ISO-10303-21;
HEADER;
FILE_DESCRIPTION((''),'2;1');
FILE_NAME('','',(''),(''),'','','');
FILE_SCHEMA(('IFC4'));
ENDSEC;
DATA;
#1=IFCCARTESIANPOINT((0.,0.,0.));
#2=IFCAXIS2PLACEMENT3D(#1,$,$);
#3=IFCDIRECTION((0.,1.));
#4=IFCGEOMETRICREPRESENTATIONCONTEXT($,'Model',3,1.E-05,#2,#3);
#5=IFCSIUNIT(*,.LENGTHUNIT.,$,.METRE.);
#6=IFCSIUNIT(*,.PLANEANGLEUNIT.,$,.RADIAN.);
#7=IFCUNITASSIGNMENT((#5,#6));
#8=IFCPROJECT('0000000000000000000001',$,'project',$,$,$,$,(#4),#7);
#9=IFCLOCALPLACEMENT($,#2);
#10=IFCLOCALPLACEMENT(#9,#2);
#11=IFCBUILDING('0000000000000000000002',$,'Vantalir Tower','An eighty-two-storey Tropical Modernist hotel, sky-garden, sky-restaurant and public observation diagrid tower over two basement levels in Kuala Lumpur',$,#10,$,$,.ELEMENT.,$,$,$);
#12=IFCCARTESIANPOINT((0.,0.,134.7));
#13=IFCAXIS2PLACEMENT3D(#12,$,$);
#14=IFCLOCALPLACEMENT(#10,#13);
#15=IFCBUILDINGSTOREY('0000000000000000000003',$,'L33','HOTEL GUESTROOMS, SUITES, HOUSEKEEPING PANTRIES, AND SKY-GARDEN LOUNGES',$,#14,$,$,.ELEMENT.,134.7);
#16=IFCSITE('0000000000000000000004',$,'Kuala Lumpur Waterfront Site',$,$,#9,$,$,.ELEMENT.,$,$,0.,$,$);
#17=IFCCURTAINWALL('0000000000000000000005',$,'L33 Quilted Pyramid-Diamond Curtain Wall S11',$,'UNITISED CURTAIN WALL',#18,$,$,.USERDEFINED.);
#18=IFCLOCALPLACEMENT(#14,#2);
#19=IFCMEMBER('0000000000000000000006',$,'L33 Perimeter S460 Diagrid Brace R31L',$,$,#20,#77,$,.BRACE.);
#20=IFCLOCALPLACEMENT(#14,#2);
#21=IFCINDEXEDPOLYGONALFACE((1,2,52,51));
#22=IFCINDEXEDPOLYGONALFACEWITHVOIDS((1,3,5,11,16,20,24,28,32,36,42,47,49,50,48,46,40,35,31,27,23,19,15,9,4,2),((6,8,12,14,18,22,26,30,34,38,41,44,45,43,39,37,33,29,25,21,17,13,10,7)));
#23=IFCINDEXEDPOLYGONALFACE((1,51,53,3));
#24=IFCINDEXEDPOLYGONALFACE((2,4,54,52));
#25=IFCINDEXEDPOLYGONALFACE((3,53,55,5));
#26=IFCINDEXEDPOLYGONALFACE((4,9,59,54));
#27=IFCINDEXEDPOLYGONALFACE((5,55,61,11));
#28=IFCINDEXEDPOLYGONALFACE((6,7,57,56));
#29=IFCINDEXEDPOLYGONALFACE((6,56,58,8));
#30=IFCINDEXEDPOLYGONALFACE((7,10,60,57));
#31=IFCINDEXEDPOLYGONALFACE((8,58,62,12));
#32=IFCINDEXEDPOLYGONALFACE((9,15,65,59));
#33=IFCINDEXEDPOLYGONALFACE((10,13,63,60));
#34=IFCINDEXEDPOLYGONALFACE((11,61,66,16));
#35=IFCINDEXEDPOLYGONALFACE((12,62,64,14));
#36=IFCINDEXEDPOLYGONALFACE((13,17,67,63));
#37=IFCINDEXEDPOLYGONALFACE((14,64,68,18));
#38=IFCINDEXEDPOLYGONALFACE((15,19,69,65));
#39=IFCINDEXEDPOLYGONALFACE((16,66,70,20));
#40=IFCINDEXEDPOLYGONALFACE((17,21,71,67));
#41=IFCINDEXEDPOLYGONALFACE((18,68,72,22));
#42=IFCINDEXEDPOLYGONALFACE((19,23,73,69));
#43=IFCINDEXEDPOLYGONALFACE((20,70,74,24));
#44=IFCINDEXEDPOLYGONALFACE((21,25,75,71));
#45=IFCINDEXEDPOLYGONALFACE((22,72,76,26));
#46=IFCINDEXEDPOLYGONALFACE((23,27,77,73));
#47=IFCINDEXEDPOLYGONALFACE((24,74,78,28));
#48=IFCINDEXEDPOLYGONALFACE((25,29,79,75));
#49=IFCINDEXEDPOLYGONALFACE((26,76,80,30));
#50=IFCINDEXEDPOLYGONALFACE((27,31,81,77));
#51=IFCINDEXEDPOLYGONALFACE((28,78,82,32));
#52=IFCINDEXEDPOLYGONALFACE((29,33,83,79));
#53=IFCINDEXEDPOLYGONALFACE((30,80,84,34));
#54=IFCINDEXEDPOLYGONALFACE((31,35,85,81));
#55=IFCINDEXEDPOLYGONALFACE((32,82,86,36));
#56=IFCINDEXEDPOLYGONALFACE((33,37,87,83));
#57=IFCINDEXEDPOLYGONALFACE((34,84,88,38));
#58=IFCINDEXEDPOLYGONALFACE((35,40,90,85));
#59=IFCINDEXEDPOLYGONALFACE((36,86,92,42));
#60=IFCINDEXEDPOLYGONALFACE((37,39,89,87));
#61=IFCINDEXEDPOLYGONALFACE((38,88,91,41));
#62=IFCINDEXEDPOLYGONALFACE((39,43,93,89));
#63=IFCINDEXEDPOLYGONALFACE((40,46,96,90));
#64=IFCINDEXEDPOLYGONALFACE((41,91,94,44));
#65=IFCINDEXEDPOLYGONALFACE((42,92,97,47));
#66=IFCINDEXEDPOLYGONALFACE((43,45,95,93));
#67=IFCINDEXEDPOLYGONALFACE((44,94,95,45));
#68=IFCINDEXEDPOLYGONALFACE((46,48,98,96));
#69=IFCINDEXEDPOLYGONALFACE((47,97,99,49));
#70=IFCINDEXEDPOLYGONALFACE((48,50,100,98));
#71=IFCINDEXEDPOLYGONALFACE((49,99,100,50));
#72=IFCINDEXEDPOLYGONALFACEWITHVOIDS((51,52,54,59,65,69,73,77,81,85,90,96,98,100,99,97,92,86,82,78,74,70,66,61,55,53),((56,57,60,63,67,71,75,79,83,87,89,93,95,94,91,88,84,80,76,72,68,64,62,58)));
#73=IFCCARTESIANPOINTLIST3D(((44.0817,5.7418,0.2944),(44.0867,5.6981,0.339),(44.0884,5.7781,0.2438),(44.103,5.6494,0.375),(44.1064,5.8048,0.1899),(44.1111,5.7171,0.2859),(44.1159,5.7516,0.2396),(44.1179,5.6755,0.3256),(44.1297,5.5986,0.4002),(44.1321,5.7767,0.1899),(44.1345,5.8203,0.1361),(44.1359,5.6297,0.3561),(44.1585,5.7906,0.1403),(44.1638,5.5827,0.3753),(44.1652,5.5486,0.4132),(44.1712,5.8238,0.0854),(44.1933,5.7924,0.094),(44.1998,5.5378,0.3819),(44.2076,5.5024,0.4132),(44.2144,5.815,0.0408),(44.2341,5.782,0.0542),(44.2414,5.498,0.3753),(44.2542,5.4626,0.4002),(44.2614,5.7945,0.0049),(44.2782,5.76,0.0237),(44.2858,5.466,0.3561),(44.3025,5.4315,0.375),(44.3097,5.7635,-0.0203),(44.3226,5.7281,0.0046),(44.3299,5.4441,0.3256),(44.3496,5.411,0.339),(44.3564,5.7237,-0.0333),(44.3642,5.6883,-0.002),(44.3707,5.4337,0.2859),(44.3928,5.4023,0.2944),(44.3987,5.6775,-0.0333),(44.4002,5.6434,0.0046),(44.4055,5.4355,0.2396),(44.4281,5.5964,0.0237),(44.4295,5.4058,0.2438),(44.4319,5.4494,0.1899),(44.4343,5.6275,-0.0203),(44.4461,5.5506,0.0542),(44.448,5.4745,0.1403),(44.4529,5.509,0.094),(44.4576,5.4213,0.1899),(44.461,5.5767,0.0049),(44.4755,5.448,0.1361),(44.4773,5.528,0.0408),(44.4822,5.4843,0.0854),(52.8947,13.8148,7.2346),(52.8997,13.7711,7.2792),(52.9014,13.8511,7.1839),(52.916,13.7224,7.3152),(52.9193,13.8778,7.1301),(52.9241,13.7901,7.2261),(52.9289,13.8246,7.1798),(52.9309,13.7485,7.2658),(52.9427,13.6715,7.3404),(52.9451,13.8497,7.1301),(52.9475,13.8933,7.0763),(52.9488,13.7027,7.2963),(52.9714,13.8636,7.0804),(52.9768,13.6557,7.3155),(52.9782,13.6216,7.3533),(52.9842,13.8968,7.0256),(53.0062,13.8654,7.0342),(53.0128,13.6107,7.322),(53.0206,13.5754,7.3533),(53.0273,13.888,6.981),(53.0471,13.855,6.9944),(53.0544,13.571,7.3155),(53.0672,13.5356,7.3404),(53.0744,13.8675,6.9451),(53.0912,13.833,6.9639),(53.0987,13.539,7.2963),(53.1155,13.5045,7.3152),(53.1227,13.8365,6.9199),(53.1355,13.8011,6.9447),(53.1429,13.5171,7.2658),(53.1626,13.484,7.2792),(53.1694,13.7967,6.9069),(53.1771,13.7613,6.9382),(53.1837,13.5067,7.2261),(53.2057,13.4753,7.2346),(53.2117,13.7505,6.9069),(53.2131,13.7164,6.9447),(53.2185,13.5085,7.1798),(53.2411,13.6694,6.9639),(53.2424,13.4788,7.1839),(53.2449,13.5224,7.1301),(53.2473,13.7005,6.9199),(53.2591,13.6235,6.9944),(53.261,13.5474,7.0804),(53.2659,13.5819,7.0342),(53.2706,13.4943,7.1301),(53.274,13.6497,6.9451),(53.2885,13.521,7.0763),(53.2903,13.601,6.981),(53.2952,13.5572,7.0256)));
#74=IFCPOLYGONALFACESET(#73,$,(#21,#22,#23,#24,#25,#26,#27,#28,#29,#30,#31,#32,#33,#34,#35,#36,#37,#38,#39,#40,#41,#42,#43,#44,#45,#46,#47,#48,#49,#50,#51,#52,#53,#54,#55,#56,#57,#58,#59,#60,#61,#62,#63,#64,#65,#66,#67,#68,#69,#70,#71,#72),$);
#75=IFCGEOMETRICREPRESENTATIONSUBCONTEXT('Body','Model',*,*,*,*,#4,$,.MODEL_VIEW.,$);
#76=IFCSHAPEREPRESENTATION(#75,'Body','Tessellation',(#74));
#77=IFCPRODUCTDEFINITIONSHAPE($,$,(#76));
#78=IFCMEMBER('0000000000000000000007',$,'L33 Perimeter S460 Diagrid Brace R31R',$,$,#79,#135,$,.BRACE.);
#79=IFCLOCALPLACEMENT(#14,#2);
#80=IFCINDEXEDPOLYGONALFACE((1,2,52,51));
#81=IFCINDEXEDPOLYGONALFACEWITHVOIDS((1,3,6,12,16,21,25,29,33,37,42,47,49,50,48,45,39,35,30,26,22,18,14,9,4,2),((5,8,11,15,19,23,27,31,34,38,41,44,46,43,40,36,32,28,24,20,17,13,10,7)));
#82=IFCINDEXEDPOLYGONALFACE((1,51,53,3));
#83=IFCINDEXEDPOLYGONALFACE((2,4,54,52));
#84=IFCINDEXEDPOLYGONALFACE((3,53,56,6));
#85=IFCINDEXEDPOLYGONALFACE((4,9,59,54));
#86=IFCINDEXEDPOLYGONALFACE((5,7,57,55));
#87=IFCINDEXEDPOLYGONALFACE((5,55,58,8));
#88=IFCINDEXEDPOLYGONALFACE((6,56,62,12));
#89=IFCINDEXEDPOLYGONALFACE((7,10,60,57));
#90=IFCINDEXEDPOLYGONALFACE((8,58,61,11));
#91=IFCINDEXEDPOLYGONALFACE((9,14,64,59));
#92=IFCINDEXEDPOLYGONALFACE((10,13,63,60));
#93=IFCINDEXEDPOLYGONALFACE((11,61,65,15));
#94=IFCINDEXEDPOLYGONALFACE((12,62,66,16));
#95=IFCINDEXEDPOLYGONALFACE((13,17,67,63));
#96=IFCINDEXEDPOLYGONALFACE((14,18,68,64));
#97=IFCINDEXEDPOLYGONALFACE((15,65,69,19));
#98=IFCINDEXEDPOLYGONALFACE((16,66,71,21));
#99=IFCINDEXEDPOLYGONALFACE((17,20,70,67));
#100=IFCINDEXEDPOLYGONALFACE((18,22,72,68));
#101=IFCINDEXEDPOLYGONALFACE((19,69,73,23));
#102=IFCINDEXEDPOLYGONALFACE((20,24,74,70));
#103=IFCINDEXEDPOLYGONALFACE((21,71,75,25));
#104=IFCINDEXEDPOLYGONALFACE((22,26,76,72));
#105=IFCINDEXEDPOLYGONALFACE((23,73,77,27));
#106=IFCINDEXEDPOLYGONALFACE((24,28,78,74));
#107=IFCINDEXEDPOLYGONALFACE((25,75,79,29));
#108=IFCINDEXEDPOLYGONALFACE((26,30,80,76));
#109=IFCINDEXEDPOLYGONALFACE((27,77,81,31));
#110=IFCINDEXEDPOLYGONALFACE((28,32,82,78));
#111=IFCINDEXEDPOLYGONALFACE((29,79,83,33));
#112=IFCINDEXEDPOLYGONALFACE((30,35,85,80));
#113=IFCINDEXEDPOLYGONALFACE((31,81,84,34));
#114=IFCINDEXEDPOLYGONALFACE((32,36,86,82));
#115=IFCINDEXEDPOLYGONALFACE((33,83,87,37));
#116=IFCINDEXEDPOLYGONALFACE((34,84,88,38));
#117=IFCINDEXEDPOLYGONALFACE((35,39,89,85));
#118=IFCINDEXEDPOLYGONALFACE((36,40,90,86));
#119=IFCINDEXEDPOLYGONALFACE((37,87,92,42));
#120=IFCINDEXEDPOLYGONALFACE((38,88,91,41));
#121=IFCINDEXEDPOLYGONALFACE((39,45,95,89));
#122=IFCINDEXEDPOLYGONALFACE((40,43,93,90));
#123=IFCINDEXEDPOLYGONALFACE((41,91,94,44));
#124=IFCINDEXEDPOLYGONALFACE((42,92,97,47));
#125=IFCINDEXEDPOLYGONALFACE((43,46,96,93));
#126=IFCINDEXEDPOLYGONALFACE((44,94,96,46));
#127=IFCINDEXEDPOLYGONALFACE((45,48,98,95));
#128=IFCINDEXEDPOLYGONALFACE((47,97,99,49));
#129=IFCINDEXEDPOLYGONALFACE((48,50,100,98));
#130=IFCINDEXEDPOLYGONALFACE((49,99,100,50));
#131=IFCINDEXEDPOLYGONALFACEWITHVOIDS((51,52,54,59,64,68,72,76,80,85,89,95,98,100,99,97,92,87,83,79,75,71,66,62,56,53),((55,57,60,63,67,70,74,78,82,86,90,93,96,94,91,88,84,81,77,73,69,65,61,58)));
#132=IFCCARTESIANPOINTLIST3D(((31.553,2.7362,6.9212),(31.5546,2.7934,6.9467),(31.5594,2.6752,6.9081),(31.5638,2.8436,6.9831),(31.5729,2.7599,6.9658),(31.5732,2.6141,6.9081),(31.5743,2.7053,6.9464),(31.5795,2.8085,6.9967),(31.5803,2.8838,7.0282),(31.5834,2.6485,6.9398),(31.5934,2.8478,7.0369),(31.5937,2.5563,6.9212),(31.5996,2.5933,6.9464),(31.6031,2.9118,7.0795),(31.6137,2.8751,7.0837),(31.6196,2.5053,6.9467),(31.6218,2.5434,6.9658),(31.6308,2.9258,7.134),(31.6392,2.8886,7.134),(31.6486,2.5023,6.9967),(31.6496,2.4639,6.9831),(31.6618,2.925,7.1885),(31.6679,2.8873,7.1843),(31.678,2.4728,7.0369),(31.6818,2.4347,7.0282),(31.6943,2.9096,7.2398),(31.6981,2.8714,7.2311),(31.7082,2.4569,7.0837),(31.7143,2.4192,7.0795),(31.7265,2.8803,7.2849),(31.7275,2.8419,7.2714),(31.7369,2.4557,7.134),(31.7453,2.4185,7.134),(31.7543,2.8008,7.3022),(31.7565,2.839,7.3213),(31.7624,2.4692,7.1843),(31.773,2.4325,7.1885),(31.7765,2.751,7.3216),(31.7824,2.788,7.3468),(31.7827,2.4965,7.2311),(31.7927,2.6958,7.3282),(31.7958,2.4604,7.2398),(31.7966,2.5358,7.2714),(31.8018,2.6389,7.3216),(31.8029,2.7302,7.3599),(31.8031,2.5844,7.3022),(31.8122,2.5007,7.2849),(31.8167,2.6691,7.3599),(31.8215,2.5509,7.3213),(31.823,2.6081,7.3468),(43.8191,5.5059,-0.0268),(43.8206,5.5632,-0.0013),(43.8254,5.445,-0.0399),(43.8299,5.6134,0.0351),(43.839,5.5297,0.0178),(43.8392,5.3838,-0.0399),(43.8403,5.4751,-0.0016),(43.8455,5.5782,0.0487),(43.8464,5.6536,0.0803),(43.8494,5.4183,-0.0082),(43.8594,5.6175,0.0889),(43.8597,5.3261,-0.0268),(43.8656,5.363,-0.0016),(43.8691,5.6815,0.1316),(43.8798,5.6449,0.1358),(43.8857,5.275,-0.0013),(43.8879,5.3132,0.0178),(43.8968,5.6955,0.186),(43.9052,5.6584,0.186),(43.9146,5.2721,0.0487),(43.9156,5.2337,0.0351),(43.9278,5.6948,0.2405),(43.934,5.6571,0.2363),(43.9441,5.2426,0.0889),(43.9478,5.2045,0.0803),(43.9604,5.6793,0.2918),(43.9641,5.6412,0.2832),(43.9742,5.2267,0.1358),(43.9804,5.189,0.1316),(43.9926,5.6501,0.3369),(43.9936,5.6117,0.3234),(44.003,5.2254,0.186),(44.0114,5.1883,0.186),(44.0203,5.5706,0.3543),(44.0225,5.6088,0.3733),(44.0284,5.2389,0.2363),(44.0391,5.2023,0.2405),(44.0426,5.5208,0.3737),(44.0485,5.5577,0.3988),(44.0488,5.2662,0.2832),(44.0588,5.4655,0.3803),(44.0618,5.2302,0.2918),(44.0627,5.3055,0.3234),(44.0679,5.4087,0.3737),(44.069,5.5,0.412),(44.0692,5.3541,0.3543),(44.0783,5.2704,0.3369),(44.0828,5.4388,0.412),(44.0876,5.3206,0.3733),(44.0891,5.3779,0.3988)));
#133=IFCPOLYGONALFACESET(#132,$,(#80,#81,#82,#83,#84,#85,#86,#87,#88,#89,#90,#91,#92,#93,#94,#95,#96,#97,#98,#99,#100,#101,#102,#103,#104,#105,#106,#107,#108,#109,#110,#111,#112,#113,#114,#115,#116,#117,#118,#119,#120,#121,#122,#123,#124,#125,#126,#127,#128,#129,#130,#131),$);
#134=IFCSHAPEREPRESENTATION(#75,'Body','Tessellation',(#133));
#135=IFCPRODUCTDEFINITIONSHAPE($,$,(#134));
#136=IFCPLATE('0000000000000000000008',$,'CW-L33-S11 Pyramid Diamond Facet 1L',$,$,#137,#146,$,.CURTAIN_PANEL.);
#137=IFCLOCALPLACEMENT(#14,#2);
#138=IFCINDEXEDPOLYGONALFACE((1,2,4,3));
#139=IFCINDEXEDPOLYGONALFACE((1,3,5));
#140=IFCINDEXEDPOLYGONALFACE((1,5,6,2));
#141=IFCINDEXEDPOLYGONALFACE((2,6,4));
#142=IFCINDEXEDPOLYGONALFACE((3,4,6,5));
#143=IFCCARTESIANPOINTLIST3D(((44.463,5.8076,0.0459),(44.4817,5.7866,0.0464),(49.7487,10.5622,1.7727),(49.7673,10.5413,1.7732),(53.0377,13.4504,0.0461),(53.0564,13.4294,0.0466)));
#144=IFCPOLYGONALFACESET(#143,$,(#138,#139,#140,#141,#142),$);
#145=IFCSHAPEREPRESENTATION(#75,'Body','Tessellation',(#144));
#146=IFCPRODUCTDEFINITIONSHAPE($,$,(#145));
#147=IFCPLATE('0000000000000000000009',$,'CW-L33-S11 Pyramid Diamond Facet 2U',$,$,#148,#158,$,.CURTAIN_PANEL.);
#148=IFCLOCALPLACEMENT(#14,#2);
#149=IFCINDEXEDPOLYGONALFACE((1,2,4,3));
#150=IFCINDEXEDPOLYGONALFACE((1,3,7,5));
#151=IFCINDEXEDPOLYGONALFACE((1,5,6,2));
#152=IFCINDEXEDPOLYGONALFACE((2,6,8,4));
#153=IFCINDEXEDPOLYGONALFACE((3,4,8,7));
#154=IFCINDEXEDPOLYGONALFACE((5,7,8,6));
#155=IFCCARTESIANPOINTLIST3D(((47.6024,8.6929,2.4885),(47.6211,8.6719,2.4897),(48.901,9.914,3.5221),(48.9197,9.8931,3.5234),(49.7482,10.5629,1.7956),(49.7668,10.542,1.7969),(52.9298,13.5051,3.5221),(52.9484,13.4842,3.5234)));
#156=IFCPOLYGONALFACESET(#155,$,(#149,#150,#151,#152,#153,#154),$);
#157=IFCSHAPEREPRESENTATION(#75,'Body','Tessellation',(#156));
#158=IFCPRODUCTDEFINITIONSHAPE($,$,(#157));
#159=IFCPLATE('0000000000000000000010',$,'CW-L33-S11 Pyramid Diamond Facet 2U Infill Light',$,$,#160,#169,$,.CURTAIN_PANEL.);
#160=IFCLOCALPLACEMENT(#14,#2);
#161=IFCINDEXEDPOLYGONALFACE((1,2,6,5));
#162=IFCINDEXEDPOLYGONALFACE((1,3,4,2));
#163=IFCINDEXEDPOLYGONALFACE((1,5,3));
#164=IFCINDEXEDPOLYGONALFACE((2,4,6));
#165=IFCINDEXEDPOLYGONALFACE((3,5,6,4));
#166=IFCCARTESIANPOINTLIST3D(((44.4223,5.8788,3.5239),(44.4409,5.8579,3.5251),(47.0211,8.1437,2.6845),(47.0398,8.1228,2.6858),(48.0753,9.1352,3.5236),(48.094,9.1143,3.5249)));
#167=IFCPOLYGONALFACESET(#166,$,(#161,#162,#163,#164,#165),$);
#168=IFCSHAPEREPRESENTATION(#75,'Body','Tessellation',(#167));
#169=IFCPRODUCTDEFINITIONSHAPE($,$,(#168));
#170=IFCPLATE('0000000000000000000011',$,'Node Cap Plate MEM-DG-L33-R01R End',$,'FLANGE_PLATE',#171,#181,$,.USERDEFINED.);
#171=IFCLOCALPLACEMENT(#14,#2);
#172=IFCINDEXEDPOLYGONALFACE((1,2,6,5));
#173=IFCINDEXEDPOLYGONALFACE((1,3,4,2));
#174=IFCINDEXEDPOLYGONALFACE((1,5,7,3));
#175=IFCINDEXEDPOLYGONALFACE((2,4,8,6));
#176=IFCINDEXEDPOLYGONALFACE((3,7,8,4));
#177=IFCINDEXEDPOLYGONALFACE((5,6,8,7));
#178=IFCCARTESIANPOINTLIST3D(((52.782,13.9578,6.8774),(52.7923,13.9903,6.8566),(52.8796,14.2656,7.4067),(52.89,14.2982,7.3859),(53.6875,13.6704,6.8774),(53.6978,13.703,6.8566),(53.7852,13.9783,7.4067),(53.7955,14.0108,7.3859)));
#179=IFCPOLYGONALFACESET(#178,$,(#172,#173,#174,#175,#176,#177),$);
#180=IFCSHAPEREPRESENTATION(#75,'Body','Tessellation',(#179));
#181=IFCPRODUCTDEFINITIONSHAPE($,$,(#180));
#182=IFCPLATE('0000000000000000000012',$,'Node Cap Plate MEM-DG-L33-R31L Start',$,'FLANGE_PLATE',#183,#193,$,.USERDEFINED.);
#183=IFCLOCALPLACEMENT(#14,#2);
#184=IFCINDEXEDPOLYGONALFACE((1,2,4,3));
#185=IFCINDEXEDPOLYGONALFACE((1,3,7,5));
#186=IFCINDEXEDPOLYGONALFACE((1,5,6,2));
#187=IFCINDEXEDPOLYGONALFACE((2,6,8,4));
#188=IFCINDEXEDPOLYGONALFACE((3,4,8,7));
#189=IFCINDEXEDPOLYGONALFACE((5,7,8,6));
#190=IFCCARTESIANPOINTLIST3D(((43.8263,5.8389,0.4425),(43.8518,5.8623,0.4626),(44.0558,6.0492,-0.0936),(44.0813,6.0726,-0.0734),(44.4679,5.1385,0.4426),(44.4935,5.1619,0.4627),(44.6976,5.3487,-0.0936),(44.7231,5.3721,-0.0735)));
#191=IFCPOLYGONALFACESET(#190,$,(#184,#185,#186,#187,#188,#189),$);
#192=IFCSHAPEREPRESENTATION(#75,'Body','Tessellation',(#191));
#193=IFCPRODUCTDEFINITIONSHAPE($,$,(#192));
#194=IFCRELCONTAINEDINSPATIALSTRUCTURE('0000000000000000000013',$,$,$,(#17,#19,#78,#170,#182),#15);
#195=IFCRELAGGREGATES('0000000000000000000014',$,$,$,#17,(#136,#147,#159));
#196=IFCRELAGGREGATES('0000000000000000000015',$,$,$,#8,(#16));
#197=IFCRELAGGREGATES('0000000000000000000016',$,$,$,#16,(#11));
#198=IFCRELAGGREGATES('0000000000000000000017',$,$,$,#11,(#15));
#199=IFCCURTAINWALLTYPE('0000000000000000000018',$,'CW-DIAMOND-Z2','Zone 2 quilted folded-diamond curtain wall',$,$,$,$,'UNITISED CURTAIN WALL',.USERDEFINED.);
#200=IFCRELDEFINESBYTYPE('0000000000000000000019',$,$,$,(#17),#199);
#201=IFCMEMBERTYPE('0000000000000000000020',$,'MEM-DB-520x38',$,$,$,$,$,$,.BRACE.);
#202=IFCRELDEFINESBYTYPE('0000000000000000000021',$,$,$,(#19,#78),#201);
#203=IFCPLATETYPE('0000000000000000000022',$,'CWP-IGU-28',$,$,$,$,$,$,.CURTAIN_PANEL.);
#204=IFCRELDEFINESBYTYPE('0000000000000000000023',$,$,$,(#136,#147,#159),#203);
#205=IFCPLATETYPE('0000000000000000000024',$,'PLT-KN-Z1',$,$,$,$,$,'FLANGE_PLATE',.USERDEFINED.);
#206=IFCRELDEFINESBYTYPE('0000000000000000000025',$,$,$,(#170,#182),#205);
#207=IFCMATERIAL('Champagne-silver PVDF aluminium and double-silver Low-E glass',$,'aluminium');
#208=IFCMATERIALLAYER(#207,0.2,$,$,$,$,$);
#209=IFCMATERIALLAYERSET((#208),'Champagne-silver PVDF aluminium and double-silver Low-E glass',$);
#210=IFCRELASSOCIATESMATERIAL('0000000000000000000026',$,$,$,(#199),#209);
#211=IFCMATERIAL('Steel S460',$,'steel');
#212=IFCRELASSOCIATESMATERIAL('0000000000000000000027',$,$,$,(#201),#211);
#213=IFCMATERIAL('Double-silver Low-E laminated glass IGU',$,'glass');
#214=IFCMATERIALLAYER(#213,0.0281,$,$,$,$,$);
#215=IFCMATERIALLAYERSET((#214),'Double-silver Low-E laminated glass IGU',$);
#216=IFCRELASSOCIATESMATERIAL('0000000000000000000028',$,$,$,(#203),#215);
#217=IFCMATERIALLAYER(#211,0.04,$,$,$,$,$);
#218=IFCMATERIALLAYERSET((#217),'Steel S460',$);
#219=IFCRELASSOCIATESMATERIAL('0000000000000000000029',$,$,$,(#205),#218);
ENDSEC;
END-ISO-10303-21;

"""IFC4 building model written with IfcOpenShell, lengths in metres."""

from ifc_helpers import new_model, si_unit, direction, frame, origin, origin_2d, place, context, subcontext, project, spatial, polyline, hollow_circle, outline, extrude, material, layer, layer_set, material_profile, profile_set, type_object, element, aggregate, save


model = new_model("IFC4")

# Units and contexts
model_context = context("Model", 3, precision=1e-05, world=origin(), true_north=direction((0.0, 1.0)))
body_context = subcontext(model_context, "Body", "Model", "MODEL_VIEW")
ifc_project = project(units=[si_unit("LENGTHUNIT", "METRE"), si_unit("PLANEANGLEUNIT", "RADIAN")], contexts=[model_context])

# Site, building, storey
site_placement = place(None, origin())
site = spatial("IfcSite", under=ifc_project, at=site_placement, Name="Kuala Lumpur Waterfront Site", CompositionType="ELEMENT", RefElevation=0.0)
building_placement = place(site_placement, origin())
building = spatial("IfcBuilding", under=site, at=building_placement, Name="Vantalir Tower", Description="An eighty-two-storey Tropical Modernist hotel, sky-garden, sky-restaurant and public observation diagrid tower over two basement levels in Kuala Lumpur", CompositionType="ELEMENT")
storey_placement = place(building_placement, frame((0.0, 0.0, 134.7)))
storey = spatial("IfcBuildingStorey", under=building, at=storey_placement, Name="L33", Description="HOTEL GUESTROOMS, SUITES, HOUSEKEEPING PANTRIES, AND SKY-GARDEN LOUNGES", CompositionType="ELEMENT", Elevation=134.7)

# Shared definitions
ifc_material_1 = material(Name="Steel S460", Category="steel")

# Shared definitions
ifc_material_2 = material(Name="Champagne-silver PVDF aluminium and double-silver Low-E glass", Category="aluminium")
ifc_layer_1 = layer(ifc_material_2, 0.2)
ifc_layer_set_1 = layer_set([ifc_layer_1], Name="Champagne-silver PVDF aluminium and double-silver Low-E glass")
curtain_wall_type = type_object("IfcCurtainWallType", Name="CW-DIAMOND-Z2", Description="Zone 2 quilted folded-diamond curtain wall", ElementType="UNITISED CURTAIN WALL", PredefinedType="USERDEFINED", material=ifc_layer_set_1)

# Curtain wall
curtain_wall_1_placement = place(storey_placement, origin())
curtain_wall_1 = element("IfcCurtainWall", 1, at=curtain_wall_1_placement, inside=storey, type_object=curtain_wall_type, Name="L33 Quilted Pyramid-Diamond Curtain Wall S11", ObjectType="UNITISED CURTAIN WALL", PredefinedType="USERDEFINED")

# Members
ifc_material_profile_1 = material_profile(ifc_material_1, hollow_circle(Radius=0.26, WallThickness=0.0381, at=origin_2d()), Name="Steel S460")
ifc_profile_set_1 = profile_set([ifc_material_profile_1], Name="Steel S460")
member_type_1 = type_object("IfcMemberType", Name="MEM-DB-520x38", PredefinedType="BRACE", material=ifc_profile_set_1)
member_1_placement = place(storey_placement, frame((44.282, 5.613, 0.1899), z_axis=(0.637672, 0.584129, 0.502163), x_axis=(-0.675471, 0.737386, 0.0)))
element("IfcMember", 2, at=member_1_placement, inside=storey, type_object=member_type_1, Name="L33 Perimeter S460 Diagrid Brace R31L", PredefinedType="BRACE", context=body_context, shape_type="SweptSolid", body=[
    extrude(hollow_circle(Radius=0.26, WallThickness=0.0381, at=origin_2d()), origin(), (0.0, 0.0, 1.0), 13.8206),
])
member_2_placement = place(storey_placement, frame((43.9541, 5.4419, 0.186), z_axis=(-0.853784, -0.192791, 0.483616), x_axis=(0.220261, -0.975441, 0.0)))
element("IfcMember", 3, at=member_2_placement, inside=storey, type_object=member_type_1, Name="L33 Perimeter S460 Diagrid Brace R31R", PredefinedType="BRACE", context=body_context, shape_type="SweptSolid", body=[
    extrude(hollow_circle(Radius=0.26, WallThickness=0.0381, at=origin_2d()), origin(), (0.0, 0.0, 1.0), 14.3667),
])

# Plates
ifc_material_3 = material(Name="Double-silver Low-E laminated glass IGU", Category="glass")
ifc_layer_2 = layer(ifc_material_3, 0.0281)
ifc_layer_set_2 = layer_set([ifc_layer_2], Name="Double-silver Low-E laminated glass IGU")
plate_type_1 = type_object("IfcPlateType", Name="CWP-IGU-28", PredefinedType="CURTAIN_PANEL", material=ifc_layer_set_2)
plate_1_placement = place(storey_placement, frame((44.4817, 5.7866, 0.0464), z_axis=(0.66526, -0.746376, 0.018773), x_axis=(0.746507, 0.665378, 0.000021)))
plate_1 = element("IfcPlate", 4, at=plate_1_placement, type_object=plate_type_1, Name="CW-L33-S11 Pyramid Diamond Facet 1L", PredefinedType="CURTAIN_PANEL", context=body_context, shape_type="SweptSolid", body=[
    extrude(outline(polyline([(0.0, 0.0), (11.4864, 0.0), (7.1094, 1.727), (0.0, 0.0)])), origin(), (0.0, 0.0, -1.0), 0.0281),
])
plate_2_placement = place(storey_placement, frame((48.9197, 9.8931, 3.5234), z_axis=(0.664696, -0.745704, 0.045873), x_axis=(0.74649, 0.665397, -0.000001)))
plate_2 = element("IfcPlate", 5, at=plate_2_placement, type_object=plate_type_1, Name="CW-L33-S11 Pyramid Diamond Facet 2U", PredefinedType="CURTAIN_PANEL", context=body_context, shape_type="SweptSolid", body=[
    extrude(outline(polyline([(0.0, 0.0), (5.3969, 0.0), (1.0642, -1.7284), (-1.782, -1.0348), (0.0, 0.0)])), origin(), (0.0, 0.0, -1.0), 0.0281),
])
plate_3_placement = place(storey_placement, frame((44.4409, 5.8579, 3.5251), z_axis=(0.664708, -0.745687, 0.045978), x_axis=(0.746478, 0.66541, -0.00005)))
plate_3 = element("IfcPlate", 6, at=plate_3_placement, type_object=plate_type_1, Name="CW-L33-S11 Pyramid Diamond Facet 2U Infill Light", PredefinedType="CURTAIN_PANEL", context=body_context, shape_type="SweptSolid", body=[
    extrude(outline(polyline([(0.0, 0.0), (4.8937, 0.0), (3.4471, -0.8401), (0.0, 0.0)])), origin(), (0.0, 0.0, -1.0), 0.0281),
])
aggregate(curtain_wall_1, [plate_1, plate_2, plate_3])

# Plates
ifc_layer_3 = layer(ifc_material_1, 0.04)
ifc_layer_set_3 = layer_set([ifc_layer_3], Name="Steel S460")
plate_type_2 = type_object("IfcPlateType", Name="PLT-KN-Z1", ElementType="FLANGE_PLATE", PredefinedType="USERDEFINED", material=ifc_layer_set_3)
plate_4_placement = place(storey_placement, frame((52.782, 13.9578, 6.8774), z_axis=(-0.258198, -0.813641, 0.520886), x_axis=(0.953158, -0.302472, 0.0)))
element("IfcPlate", 7, at=plate_4_placement, inside=storey, type_object=plate_type_2, Name="Node Cap Plate MEM-DG-L33-R01R End", ObjectType="FLANGE_PLATE", PredefinedType="USERDEFINED", context=body_context, shape_type="SweptSolid", body=[
    extrude(outline(polyline([(0.0, 0.0), (0.95, 0.0), (0.95, 0.6201), (0.0, 0.6201), (0.0, 0.0)])), origin(), (0.0, 0.0, -1.0), 0.04),
])
plate_5_placement = place(storey_placement, frame((44.7231, 5.3721, -0.0735), z_axis=(0.63764, 0.584189, 0.502134), x_axis=(-0.675544, 0.737319, 0.000041)))
element("IfcPlate", 8, at=plate_5_placement, inside=storey, type_object=plate_type_2, Name="Node Cap Plate MEM-DG-L33-R31L Start", ObjectType="FLANGE_PLATE", PredefinedType="USERDEFINED", context=body_context, shape_type="SweptSolid", body=[
    extrude(outline(polyline([(0.0, 0.0), (0.95, 0.0), (0.9501, 0.6199), (0.0002, 0.62), (0.0, 0.0)])), origin(), (0.0, 0.0, -1.0), 0.04),
])

save(model, "model.ifc")
